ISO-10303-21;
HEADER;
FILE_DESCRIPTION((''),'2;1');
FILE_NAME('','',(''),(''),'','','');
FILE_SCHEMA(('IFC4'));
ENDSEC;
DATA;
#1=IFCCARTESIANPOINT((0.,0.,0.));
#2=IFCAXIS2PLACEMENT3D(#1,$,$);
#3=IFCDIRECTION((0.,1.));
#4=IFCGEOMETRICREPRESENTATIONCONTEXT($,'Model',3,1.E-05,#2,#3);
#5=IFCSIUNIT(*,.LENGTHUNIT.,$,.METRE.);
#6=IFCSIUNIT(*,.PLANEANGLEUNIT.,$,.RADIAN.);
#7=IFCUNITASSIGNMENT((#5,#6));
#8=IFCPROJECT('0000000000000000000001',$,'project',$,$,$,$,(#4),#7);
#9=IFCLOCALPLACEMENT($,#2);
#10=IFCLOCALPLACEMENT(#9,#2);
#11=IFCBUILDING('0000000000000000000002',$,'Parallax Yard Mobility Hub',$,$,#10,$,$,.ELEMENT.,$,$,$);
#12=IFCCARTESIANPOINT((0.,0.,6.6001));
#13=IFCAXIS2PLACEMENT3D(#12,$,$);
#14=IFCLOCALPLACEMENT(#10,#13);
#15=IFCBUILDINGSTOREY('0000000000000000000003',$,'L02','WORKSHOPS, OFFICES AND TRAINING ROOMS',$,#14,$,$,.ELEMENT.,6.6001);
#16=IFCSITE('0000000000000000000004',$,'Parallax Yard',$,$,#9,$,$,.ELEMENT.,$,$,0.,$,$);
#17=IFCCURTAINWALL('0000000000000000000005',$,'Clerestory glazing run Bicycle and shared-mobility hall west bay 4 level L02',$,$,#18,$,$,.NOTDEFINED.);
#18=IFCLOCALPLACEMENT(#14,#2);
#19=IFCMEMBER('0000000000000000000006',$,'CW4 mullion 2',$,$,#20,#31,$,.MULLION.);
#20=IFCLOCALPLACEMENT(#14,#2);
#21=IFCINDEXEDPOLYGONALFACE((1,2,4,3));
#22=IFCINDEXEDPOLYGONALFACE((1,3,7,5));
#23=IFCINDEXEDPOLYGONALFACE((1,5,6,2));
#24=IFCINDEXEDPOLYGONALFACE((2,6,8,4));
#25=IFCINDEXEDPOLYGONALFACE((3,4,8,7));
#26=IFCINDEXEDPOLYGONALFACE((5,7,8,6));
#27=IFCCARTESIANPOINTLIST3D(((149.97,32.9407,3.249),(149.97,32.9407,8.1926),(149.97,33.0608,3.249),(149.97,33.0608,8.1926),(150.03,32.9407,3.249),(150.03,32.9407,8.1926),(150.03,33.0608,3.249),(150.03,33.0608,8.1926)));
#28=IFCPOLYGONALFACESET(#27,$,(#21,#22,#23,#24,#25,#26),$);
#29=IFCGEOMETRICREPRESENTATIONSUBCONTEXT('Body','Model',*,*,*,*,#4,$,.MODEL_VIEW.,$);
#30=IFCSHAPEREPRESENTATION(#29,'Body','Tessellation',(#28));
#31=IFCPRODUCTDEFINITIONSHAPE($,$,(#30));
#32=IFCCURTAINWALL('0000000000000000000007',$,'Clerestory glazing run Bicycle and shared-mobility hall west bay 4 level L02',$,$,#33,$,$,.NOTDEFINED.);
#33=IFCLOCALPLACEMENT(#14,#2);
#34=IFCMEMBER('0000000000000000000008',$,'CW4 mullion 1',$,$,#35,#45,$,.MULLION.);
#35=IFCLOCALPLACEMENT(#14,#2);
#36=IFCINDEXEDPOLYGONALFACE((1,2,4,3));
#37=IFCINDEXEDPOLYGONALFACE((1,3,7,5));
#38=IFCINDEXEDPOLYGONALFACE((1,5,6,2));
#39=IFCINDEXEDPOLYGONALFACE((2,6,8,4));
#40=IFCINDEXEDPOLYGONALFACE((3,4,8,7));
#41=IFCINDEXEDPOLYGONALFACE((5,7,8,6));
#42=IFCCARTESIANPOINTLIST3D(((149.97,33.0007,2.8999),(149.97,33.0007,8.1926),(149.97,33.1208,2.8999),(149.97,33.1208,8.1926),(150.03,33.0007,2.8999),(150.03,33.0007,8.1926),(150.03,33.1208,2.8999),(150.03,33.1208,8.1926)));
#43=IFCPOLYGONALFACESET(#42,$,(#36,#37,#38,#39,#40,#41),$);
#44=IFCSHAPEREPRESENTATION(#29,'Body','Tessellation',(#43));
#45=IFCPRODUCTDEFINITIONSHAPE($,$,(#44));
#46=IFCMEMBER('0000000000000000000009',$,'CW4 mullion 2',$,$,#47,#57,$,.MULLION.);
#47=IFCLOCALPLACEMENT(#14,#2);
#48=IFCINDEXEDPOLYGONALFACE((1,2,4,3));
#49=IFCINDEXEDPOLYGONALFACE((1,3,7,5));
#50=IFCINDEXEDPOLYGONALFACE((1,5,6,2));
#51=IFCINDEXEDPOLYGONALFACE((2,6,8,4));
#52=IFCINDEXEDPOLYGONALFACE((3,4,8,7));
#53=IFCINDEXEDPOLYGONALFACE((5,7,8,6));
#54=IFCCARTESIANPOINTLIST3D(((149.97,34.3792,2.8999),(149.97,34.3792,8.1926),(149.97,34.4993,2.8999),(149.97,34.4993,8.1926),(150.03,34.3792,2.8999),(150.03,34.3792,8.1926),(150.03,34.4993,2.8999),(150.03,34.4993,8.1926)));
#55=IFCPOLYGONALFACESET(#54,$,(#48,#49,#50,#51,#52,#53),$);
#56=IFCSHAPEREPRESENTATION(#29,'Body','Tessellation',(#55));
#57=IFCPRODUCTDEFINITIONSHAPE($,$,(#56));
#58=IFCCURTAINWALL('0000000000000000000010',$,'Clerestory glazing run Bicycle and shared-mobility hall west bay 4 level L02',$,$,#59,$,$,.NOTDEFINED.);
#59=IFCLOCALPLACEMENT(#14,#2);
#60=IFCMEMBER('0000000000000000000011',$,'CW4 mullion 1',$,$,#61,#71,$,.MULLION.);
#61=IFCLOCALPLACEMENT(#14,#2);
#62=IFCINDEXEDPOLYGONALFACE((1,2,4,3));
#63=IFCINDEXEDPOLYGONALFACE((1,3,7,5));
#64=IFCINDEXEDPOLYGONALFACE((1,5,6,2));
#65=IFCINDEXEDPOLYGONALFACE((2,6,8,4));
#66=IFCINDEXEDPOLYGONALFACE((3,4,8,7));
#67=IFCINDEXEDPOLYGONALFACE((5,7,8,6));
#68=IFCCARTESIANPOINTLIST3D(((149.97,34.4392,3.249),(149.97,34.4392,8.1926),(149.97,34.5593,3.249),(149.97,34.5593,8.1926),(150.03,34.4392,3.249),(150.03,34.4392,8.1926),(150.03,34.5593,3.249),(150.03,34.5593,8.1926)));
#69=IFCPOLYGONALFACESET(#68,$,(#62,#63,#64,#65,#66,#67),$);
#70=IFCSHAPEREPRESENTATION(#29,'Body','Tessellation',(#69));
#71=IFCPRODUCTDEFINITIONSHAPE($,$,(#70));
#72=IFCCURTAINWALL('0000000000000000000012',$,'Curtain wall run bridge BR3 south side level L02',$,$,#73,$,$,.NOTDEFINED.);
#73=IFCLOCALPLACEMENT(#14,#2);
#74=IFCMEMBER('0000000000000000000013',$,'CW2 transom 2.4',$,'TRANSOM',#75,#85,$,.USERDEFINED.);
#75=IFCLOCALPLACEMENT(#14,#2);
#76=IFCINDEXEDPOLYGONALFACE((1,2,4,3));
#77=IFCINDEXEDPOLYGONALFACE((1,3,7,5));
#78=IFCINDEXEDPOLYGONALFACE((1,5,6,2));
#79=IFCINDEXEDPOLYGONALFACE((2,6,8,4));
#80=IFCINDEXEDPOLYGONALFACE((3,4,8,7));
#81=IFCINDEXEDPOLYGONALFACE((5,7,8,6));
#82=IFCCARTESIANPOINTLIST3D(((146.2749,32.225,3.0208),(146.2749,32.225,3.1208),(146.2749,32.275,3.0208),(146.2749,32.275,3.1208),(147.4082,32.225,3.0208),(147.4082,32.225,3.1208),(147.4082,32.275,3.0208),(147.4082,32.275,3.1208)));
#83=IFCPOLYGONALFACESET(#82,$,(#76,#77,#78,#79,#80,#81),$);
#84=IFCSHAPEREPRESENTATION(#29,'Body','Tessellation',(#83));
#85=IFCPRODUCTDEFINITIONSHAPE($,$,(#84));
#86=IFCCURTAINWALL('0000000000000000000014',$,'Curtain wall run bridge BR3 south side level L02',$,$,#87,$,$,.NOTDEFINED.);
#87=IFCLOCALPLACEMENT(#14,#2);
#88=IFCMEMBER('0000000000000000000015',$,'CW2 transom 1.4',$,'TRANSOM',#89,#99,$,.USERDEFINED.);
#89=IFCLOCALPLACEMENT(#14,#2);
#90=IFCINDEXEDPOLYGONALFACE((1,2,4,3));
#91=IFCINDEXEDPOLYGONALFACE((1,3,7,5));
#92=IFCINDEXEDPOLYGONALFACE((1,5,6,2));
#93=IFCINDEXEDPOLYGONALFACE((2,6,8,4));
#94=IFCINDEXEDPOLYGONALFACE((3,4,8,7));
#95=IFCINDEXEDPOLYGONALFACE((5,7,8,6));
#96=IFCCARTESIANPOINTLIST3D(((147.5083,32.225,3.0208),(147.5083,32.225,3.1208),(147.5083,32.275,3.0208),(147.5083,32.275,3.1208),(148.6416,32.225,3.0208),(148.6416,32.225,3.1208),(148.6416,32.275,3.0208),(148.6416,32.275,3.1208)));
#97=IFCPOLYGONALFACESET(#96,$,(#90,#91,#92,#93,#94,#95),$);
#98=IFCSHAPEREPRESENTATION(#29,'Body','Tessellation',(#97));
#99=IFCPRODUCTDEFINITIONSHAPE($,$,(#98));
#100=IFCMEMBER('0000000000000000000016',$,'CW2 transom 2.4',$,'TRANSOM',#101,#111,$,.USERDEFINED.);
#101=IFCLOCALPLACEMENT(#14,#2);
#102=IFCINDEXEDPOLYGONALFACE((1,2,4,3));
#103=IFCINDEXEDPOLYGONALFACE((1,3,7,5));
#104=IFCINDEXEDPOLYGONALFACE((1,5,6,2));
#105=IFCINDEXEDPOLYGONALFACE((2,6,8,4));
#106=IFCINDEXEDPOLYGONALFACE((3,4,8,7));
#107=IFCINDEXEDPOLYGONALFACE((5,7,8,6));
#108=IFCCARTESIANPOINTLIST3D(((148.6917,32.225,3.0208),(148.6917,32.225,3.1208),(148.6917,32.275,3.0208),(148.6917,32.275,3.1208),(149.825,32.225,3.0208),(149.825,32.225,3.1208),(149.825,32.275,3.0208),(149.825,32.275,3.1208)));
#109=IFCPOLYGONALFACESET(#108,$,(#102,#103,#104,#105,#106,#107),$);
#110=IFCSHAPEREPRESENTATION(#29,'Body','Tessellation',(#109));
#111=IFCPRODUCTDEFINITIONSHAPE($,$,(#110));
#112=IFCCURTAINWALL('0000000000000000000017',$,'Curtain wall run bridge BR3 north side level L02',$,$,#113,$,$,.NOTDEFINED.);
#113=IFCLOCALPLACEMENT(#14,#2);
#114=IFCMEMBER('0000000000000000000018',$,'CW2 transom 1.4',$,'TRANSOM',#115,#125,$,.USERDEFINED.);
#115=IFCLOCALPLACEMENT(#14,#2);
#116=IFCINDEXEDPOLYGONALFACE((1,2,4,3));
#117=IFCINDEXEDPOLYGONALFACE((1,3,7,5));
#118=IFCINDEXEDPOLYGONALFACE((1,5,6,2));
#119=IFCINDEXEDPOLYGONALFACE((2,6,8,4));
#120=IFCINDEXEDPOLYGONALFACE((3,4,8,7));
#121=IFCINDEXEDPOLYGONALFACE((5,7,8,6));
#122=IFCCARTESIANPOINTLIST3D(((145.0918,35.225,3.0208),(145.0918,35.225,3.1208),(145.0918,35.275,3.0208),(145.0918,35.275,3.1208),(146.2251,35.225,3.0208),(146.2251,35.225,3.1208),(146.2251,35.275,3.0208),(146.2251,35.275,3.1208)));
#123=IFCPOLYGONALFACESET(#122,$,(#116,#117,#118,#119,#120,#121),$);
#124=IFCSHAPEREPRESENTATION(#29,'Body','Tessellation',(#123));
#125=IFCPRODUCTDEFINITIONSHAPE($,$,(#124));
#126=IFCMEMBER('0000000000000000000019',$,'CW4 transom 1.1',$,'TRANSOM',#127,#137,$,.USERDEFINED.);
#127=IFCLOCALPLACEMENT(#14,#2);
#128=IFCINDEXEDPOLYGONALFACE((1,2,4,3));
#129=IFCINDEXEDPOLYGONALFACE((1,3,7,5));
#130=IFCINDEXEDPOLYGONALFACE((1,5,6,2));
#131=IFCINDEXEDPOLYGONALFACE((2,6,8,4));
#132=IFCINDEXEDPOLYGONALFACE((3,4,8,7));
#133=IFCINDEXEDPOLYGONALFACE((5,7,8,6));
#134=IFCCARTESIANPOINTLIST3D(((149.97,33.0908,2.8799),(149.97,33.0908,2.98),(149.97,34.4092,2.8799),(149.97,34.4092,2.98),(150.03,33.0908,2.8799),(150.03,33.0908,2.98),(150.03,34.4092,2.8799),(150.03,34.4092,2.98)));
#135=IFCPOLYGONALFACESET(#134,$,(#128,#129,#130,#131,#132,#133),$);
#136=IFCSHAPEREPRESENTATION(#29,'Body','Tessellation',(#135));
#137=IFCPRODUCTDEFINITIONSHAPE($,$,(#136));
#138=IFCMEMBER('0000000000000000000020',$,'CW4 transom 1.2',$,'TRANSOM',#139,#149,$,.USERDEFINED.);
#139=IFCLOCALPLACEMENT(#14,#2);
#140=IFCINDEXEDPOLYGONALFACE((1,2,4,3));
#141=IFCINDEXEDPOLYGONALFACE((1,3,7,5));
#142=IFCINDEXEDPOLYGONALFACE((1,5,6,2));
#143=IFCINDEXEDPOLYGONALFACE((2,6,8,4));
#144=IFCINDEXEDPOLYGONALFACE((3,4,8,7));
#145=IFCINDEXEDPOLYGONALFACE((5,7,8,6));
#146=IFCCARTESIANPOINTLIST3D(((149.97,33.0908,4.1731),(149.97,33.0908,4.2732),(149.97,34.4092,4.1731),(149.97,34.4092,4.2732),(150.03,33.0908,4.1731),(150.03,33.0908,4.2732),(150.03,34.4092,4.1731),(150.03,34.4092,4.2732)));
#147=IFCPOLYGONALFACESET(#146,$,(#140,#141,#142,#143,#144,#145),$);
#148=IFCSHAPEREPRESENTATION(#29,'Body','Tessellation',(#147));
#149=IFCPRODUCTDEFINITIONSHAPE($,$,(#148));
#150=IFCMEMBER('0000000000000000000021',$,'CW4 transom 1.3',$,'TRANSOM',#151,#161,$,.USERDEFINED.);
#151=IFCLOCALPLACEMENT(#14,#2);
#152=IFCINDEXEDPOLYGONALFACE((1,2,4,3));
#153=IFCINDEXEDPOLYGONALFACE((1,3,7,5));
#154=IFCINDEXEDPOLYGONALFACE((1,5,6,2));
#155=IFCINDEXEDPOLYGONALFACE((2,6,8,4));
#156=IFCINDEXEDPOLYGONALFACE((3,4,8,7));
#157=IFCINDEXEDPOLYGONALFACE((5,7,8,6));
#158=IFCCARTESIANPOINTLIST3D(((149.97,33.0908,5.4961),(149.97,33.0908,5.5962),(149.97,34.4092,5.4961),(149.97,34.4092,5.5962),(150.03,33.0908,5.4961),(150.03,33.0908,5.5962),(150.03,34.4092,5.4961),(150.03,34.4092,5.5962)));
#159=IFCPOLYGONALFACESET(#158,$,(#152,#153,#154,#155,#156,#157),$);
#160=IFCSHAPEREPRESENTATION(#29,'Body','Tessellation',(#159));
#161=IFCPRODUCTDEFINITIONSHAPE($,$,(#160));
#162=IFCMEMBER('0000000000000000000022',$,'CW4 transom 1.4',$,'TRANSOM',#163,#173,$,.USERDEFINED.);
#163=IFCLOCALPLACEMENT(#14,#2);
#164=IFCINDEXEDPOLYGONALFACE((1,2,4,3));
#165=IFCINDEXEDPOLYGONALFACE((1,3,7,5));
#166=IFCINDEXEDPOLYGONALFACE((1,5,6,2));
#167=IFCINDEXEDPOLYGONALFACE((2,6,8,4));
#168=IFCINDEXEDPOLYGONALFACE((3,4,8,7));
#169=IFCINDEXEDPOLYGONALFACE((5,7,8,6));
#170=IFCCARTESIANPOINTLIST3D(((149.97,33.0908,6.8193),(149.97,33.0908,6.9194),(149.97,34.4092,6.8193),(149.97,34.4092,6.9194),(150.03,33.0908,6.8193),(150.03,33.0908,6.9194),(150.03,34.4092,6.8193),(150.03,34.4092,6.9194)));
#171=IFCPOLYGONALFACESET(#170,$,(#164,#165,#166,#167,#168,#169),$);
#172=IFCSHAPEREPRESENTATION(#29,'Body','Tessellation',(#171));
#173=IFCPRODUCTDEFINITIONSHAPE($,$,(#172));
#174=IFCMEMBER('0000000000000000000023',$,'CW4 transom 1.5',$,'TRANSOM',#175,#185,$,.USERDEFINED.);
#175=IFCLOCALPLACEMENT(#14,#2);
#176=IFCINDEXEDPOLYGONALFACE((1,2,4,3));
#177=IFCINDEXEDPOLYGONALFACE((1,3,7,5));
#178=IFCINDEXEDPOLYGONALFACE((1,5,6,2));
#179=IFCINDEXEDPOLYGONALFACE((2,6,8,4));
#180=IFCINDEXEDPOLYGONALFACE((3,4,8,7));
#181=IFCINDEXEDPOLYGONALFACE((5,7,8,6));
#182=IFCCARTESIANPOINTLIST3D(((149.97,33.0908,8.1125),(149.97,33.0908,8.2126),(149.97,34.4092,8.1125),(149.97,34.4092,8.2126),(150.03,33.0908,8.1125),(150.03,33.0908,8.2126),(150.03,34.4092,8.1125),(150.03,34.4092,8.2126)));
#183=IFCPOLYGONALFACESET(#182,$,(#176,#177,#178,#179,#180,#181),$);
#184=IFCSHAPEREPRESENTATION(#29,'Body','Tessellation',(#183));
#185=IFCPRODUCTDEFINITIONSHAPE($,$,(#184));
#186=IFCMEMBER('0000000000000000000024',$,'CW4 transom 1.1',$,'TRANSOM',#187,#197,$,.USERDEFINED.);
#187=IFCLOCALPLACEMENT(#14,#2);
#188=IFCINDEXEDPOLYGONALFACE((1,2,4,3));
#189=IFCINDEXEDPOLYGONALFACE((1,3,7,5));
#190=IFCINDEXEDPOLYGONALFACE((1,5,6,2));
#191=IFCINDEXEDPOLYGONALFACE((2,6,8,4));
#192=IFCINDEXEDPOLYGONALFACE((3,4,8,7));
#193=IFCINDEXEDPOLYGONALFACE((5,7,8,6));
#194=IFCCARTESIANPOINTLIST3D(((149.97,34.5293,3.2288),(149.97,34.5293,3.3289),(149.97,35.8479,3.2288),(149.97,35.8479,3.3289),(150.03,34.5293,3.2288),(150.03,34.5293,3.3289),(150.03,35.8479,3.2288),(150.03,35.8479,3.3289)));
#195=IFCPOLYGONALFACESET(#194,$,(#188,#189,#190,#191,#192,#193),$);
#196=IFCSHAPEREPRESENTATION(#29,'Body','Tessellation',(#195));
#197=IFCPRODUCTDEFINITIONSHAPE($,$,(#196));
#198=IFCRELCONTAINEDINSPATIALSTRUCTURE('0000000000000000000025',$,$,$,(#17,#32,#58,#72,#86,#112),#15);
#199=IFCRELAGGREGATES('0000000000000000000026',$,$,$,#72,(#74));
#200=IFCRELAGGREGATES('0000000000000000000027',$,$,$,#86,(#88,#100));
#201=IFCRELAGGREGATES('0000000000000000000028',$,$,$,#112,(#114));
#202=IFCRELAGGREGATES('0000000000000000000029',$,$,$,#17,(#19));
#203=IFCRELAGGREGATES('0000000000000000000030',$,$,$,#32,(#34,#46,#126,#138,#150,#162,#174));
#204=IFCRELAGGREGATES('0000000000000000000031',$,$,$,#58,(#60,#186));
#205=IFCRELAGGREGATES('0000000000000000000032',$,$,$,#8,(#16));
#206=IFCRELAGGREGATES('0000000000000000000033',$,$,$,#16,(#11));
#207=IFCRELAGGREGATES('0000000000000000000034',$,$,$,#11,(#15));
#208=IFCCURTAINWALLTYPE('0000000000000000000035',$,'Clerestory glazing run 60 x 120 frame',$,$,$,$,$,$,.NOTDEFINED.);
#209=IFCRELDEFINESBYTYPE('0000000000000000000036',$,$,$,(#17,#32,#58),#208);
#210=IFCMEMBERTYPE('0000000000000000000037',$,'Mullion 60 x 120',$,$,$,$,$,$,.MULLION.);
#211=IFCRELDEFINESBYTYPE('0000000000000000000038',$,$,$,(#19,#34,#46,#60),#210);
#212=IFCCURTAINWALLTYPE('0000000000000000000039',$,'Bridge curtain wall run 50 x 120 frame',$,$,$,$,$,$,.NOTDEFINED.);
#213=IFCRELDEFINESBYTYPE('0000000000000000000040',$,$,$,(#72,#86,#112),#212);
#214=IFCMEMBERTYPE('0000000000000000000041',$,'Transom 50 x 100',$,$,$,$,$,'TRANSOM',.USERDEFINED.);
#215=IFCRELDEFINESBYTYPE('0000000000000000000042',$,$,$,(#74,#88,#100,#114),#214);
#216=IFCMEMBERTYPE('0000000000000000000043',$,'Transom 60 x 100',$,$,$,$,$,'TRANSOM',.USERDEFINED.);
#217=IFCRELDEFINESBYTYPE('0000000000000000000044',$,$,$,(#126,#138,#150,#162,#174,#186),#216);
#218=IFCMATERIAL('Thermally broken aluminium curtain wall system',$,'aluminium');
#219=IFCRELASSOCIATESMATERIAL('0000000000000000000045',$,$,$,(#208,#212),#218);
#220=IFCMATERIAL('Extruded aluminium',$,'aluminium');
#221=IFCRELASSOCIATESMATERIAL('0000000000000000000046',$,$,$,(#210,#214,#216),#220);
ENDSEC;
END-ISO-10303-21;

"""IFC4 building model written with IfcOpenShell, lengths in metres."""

from ifc_helpers import new_model, si_unit, direction, frame, origin, origin_2d, place, context, subcontext, project, spatial, rectangle, extrude, material, material_profile, profile_set, type_object, element, aggregate, save


model = new_model("IFC4")

# Units and contexts
model_context = context("Model", 3, precision=1e-05, world=origin(), true_north=direction((0.0, 1.0)))
body_context = subcontext(model_context, "Body", "Model", "MODEL_VIEW")
ifc_project = project(units=[si_unit("LENGTHUNIT", "METRE"), si_unit("PLANEANGLEUNIT", "RADIAN")], contexts=[model_context])

# Site, building, storey
site_placement = place(None, origin())
site = spatial("IfcSite", under=ifc_project, at=site_placement, Name="Parallax Yard", CompositionType="ELEMENT", RefElevation=0.0)
building_placement = place(site_placement, origin())
building = spatial("IfcBuilding", under=site, at=building_placement, Name="Parallax Yard Mobility Hub", CompositionType="ELEMENT")
storey_placement = place(building_placement, frame((0.0, 0.0, 6.6001)))
storey = spatial("IfcBuildingStorey", under=building, at=storey_placement, Name="L02", Description="WORKSHOPS, OFFICES AND TRAINING ROOMS", CompositionType="ELEMENT", Elevation=6.6001)

# Curtain wall, member
ifc_material_1 = material(Name="Thermally broken aluminium curtain wall system", Category="aluminium")
curtain_wall_type_1 = type_object("IfcCurtainWallType", Name="Clerestory glazing run 60 x 120 frame", PredefinedType="NOTDEFINED", material=ifc_material_1)
curtain_wall_1_placement = place(storey_placement, origin())
curtain_wall_1 = element("IfcCurtainWall", 1, at=curtain_wall_1_placement, inside=storey, type_object=curtain_wall_type_1, Name="Clerestory glazing run Bicycle and shared-mobility hall west bay 4 level L02", PredefinedType="NOTDEFINED")
ifc_material_2 = material(Name="Extruded aluminium", Category="aluminium")
ifc_material_profile_1 = material_profile(ifc_material_2, rectangle(XDim=0.0601, YDim=0.1201, at=origin_2d()), Name="Mullion 60 x 120")
ifc_profile_set_1 = profile_set([ifc_material_profile_1], Name="Extruded aluminium")
member_type_1 = type_object("IfcMemberType", Name="Mullion 60 x 120", PredefinedType="MULLION", material=ifc_profile_set_1)
member_1_placement = place(storey_placement, frame((150.0, 33.0007, 3.249), z_axis=(0.0, 0.0, 1.0), x_axis=(-1.0, 0.0, 0.0)))
member_1 = element("IfcMember", 2, at=member_1_placement, type_object=member_type_1, Name="CW4 mullion 2", PredefinedType="MULLION", context=body_context, shape_type="SweptSolid", body=[
    extrude(rectangle(XDim=0.0601, YDim=0.1201, at=origin_2d()), origin(), (0.0, 0.0, 1.0), 4.9436),
])

# Curtain wall, members
curtain_wall_2_placement = place(storey_placement, origin())
curtain_wall_2 = element("IfcCurtainWall", 3, at=curtain_wall_2_placement, inside=storey, type_object=curtain_wall_type_1, Name="Clerestory glazing run Bicycle and shared-mobility hall west bay 4 level L02", PredefinedType="NOTDEFINED")
member_2_placement = place(storey_placement, frame((150.0, 33.0608, 2.8999), z_axis=(0.0, 0.0, 1.0), x_axis=(-1.0, 0.0, 0.0)))
member_2 = element("IfcMember", 4, at=member_2_placement, type_object=member_type_1, Name="CW4 mullion 1", PredefinedType="MULLION", context=body_context, shape_type="SweptSolid", body=[
    extrude(rectangle(XDim=0.0601, YDim=0.1201, at=origin_2d()), origin(), (0.0, 0.0, 1.0), 5.2927),
])
member_3_placement = place(storey_placement, frame((150.0, 34.4392, 2.8999), z_axis=(0.0, 0.0, 1.0), x_axis=(-1.0, 0.0, 0.0)))
member_3 = element("IfcMember", 5, at=member_3_placement, type_object=member_type_1, Name="CW4 mullion 2", PredefinedType="MULLION", context=body_context, shape_type="SweptSolid", body=[
    extrude(rectangle(XDim=0.0601, YDim=0.1201, at=origin_2d()), origin(), (0.0, 0.0, 1.0), 5.2927),
])

# Curtain walls, members
curtain_wall_3_placement = place(storey_placement, origin())
curtain_wall_3 = element("IfcCurtainWall", 6, at=curtain_wall_3_placement, inside=storey, type_object=curtain_wall_type_1, Name="Clerestory glazing run Bicycle and shared-mobility hall west bay 4 level L02", PredefinedType="NOTDEFINED")
member_4_placement = place(storey_placement, frame((150.0, 34.4993, 3.249), z_axis=(0.0, 0.0, 1.0), x_axis=(-1.0, 0.0, 0.0)))
member_4 = element("IfcMember", 7, at=member_4_placement, type_object=member_type_1, Name="CW4 mullion 1", PredefinedType="MULLION", context=body_context, shape_type="SweptSolid", body=[
    extrude(rectangle(XDim=0.0601, YDim=0.1201, at=origin_2d()), origin(), (0.0, 0.0, 1.0), 4.9436),
])
curtain_wall_type_2 = type_object("IfcCurtainWallType", Name="Bridge curtain wall run 50 x 120 frame", PredefinedType="NOTDEFINED", material=ifc_material_1)
curtain_wall_4_placement = place(storey_placement, origin())
curtain_wall_4 = element("IfcCurtainWall", 8, at=curtain_wall_4_placement, inside=storey, type_object=curtain_wall_type_2, Name="Curtain wall run bridge BR3 south side level L02", PredefinedType="NOTDEFINED")
ifc_material_profile_2 = material_profile(ifc_material_2, rectangle(XDim=0.05, YDim=0.1001, at=origin_2d()), Name="Transom 50 x 100")
ifc_profile_set_2 = profile_set([ifc_material_profile_2], Name="Extruded aluminium")
member_type_2 = type_object("IfcMemberType", Name="Transom 50 x 100", ElementType="TRANSOM", PredefinedType="USERDEFINED", material=ifc_profile_set_2)
member_5_placement = place(storey_placement, frame((146.2749, 32.25, 3.0708), z_axis=(1.0, 0.0, 0.0), x_axis=(0.0, 1.0, 0.0)))
member_5 = element("IfcMember", 9, at=member_5_placement, type_object=member_type_2, Name="CW2 transom 2.4", ObjectType="TRANSOM", PredefinedType="USERDEFINED", context=body_context, shape_type="SweptSolid", body=[
    extrude(rectangle(XDim=0.05, YDim=0.1001, at=origin_2d()), origin(), (0.0, 0.0, 1.0), 1.1333),
])
aggregate(curtain_wall_4, [member_5])

# Curtain wall, members
curtain_wall_5_placement = place(storey_placement, origin())
curtain_wall_5 = element("IfcCurtainWall", 10, at=curtain_wall_5_placement, inside=storey, type_object=curtain_wall_type_2, Name="Curtain wall run bridge BR3 south side level L02", PredefinedType="NOTDEFINED")
member_6_placement = place(storey_placement, frame((147.5083, 32.25, 3.0708), z_axis=(1.0, 0.0, 0.0), x_axis=(0.0, 1.0, 0.0)))
member_6 = element("IfcMember", 11, at=member_6_placement, type_object=member_type_2, Name="CW2 transom 1.4", ObjectType="TRANSOM", PredefinedType="USERDEFINED", context=body_context, shape_type="SweptSolid", body=[
    extrude(rectangle(XDim=0.05, YDim=0.1001, at=origin_2d()), origin(), (0.0, 0.0, 1.0), 1.1333),
])
member_7_placement = place(storey_placement, frame((148.6917, 32.25, 3.0708), z_axis=(1.0, 0.0, 0.0), x_axis=(0.0, 1.0, 0.0)))
member_7 = element("IfcMember", 12, at=member_7_placement, type_object=member_type_2, Name="CW2 transom 2.4", ObjectType="TRANSOM", PredefinedType="USERDEFINED", context=body_context, shape_type="SweptSolid", body=[
    extrude(rectangle(XDim=0.05, YDim=0.1001, at=origin_2d()), origin(), (0.0, 0.0, 1.0), 1.1333),
])
aggregate(curtain_wall_5, [member_6, member_7])

# Curtain wall, member
curtain_wall_6_placement = place(storey_placement, origin())
curtain_wall_6 = element("IfcCurtainWall", 13, at=curtain_wall_6_placement, inside=storey, type_object=curtain_wall_type_2, Name="Curtain wall run bridge BR3 north side level L02", PredefinedType="NOTDEFINED")
member_8_placement = place(storey_placement, frame((145.0918, 35.25, 3.0708), z_axis=(1.0, 0.0, 0.0), x_axis=(0.0, 1.0, 0.0)))
member_8 = element("IfcMember", 14, at=member_8_placement, type_object=member_type_2, Name="CW2 transom 1.4", ObjectType="TRANSOM", PredefinedType="USERDEFINED", context=body_context, shape_type="SweptSolid", body=[
    extrude(rectangle(XDim=0.05, YDim=0.1001, at=origin_2d()), origin(), (0.0, 0.0, 1.0), 1.1333),
])

# Members
ifc_material_profile_3 = material_profile(ifc_material_2, rectangle(XDim=0.0601, YDim=0.1001, at=origin_2d()), Name="Transom 60 x 100")
ifc_profile_set_3 = profile_set([ifc_material_profile_3], Name="Extruded aluminium")
member_type_3 = type_object("IfcMemberType", Name="Transom 60 x 100", ElementType="TRANSOM", PredefinedType="USERDEFINED", material=ifc_profile_set_3)
member_9_placement = place(storey_placement, frame((150.0, 33.0908, 2.9299), z_axis=(0.0, 1.0, 0.0), x_axis=(-1.0, 0.0, 0.0)))
member_9 = element("IfcMember", 15, at=member_9_placement, type_object=member_type_3, Name="CW4 transom 1.1", ObjectType="TRANSOM", PredefinedType="USERDEFINED", context=body_context, shape_type="SweptSolid", body=[
    extrude(rectangle(XDim=0.0601, YDim=0.1001, at=origin_2d()), origin(), (0.0, 0.0, 1.0), 1.3184),
])
member_10_placement = place(storey_placement, frame((150.0, 33.0908, 4.2231), z_axis=(0.0, 1.0, 0.0), x_axis=(-1.0, 0.0, 0.0)))
member_10 = element("IfcMember", 16, at=member_10_placement, type_object=member_type_3, Name="CW4 transom 1.2", ObjectType="TRANSOM", PredefinedType="USERDEFINED", context=body_context, shape_type="SweptSolid", body=[
    extrude(rectangle(XDim=0.0601, YDim=0.1001, at=origin_2d()), origin(), (0.0, 0.0, 1.0), 1.3184),
])
member_11_placement = place(storey_placement, frame((150.0, 33.0908, 5.5461), z_axis=(0.0, 1.0, 0.0), x_axis=(-1.0, 0.0, 0.0)))
member_11 = element("IfcMember", 17, at=member_11_placement, type_object=member_type_3, Name="CW4 transom 1.3", ObjectType="TRANSOM", PredefinedType="USERDEFINED", context=body_context, shape_type="SweptSolid", body=[
    extrude(rectangle(XDim=0.0601, YDim=0.1001, at=origin_2d()), origin(), (0.0, 0.0, 1.0), 1.3184),
])
member_12_placement = place(storey_placement, frame((150.0, 33.0908, 6.8694), z_axis=(0.0, 1.0, 0.0), x_axis=(-1.0, 0.0, 0.0)))
member_12 = element("IfcMember", 18, at=member_12_placement, type_object=member_type_3, Name="CW4 transom 1.4", ObjectType="TRANSOM", PredefinedType="USERDEFINED", context=body_context, shape_type="SweptSolid", body=[
    extrude(rectangle(XDim=0.0601, YDim=0.1001, at=origin_2d()), origin(), (0.0, 0.0, 1.0), 1.3184),
])
member_13_placement = place(storey_placement, frame((150.0, 33.0908, 8.1626), z_axis=(0.0, 1.0, 0.0), x_axis=(-1.0, 0.0, 0.0)))
member_13 = element("IfcMember", 19, at=member_13_placement, type_object=member_type_3, Name="CW4 transom 1.5", ObjectType="TRANSOM", PredefinedType="USERDEFINED", context=body_context, shape_type="SweptSolid", body=[
    extrude(rectangle(XDim=0.0601, YDim=0.1001, at=origin_2d()), origin(), (0.0, 0.0, 1.0), 1.3184),
])
member_14_placement = place(storey_placement, frame((150.0, 34.5293, 3.2788), z_axis=(0.0, 1.0, 0.0), x_axis=(-1.0, 0.0, 0.0)))
member_14 = element("IfcMember", 20, at=member_14_placement, type_object=member_type_3, Name="CW4 transom 1.1", ObjectType="TRANSOM", PredefinedType="USERDEFINED", context=body_context, shape_type="SweptSolid", body=[
    extrude(rectangle(XDim=0.0601, YDim=0.1001, at=origin_2d()), origin(), (0.0, 0.0, 1.0), 1.3186),
])

aggregate(curtain_wall_6, [member_8])
aggregate(curtain_wall_1, [member_1])
aggregate(curtain_wall_2, [member_2, member_3, member_9, member_10, member_11, member_12, member_13])
aggregate(curtain_wall_3, [member_4, member_14])

save(model, "model.ifc")
